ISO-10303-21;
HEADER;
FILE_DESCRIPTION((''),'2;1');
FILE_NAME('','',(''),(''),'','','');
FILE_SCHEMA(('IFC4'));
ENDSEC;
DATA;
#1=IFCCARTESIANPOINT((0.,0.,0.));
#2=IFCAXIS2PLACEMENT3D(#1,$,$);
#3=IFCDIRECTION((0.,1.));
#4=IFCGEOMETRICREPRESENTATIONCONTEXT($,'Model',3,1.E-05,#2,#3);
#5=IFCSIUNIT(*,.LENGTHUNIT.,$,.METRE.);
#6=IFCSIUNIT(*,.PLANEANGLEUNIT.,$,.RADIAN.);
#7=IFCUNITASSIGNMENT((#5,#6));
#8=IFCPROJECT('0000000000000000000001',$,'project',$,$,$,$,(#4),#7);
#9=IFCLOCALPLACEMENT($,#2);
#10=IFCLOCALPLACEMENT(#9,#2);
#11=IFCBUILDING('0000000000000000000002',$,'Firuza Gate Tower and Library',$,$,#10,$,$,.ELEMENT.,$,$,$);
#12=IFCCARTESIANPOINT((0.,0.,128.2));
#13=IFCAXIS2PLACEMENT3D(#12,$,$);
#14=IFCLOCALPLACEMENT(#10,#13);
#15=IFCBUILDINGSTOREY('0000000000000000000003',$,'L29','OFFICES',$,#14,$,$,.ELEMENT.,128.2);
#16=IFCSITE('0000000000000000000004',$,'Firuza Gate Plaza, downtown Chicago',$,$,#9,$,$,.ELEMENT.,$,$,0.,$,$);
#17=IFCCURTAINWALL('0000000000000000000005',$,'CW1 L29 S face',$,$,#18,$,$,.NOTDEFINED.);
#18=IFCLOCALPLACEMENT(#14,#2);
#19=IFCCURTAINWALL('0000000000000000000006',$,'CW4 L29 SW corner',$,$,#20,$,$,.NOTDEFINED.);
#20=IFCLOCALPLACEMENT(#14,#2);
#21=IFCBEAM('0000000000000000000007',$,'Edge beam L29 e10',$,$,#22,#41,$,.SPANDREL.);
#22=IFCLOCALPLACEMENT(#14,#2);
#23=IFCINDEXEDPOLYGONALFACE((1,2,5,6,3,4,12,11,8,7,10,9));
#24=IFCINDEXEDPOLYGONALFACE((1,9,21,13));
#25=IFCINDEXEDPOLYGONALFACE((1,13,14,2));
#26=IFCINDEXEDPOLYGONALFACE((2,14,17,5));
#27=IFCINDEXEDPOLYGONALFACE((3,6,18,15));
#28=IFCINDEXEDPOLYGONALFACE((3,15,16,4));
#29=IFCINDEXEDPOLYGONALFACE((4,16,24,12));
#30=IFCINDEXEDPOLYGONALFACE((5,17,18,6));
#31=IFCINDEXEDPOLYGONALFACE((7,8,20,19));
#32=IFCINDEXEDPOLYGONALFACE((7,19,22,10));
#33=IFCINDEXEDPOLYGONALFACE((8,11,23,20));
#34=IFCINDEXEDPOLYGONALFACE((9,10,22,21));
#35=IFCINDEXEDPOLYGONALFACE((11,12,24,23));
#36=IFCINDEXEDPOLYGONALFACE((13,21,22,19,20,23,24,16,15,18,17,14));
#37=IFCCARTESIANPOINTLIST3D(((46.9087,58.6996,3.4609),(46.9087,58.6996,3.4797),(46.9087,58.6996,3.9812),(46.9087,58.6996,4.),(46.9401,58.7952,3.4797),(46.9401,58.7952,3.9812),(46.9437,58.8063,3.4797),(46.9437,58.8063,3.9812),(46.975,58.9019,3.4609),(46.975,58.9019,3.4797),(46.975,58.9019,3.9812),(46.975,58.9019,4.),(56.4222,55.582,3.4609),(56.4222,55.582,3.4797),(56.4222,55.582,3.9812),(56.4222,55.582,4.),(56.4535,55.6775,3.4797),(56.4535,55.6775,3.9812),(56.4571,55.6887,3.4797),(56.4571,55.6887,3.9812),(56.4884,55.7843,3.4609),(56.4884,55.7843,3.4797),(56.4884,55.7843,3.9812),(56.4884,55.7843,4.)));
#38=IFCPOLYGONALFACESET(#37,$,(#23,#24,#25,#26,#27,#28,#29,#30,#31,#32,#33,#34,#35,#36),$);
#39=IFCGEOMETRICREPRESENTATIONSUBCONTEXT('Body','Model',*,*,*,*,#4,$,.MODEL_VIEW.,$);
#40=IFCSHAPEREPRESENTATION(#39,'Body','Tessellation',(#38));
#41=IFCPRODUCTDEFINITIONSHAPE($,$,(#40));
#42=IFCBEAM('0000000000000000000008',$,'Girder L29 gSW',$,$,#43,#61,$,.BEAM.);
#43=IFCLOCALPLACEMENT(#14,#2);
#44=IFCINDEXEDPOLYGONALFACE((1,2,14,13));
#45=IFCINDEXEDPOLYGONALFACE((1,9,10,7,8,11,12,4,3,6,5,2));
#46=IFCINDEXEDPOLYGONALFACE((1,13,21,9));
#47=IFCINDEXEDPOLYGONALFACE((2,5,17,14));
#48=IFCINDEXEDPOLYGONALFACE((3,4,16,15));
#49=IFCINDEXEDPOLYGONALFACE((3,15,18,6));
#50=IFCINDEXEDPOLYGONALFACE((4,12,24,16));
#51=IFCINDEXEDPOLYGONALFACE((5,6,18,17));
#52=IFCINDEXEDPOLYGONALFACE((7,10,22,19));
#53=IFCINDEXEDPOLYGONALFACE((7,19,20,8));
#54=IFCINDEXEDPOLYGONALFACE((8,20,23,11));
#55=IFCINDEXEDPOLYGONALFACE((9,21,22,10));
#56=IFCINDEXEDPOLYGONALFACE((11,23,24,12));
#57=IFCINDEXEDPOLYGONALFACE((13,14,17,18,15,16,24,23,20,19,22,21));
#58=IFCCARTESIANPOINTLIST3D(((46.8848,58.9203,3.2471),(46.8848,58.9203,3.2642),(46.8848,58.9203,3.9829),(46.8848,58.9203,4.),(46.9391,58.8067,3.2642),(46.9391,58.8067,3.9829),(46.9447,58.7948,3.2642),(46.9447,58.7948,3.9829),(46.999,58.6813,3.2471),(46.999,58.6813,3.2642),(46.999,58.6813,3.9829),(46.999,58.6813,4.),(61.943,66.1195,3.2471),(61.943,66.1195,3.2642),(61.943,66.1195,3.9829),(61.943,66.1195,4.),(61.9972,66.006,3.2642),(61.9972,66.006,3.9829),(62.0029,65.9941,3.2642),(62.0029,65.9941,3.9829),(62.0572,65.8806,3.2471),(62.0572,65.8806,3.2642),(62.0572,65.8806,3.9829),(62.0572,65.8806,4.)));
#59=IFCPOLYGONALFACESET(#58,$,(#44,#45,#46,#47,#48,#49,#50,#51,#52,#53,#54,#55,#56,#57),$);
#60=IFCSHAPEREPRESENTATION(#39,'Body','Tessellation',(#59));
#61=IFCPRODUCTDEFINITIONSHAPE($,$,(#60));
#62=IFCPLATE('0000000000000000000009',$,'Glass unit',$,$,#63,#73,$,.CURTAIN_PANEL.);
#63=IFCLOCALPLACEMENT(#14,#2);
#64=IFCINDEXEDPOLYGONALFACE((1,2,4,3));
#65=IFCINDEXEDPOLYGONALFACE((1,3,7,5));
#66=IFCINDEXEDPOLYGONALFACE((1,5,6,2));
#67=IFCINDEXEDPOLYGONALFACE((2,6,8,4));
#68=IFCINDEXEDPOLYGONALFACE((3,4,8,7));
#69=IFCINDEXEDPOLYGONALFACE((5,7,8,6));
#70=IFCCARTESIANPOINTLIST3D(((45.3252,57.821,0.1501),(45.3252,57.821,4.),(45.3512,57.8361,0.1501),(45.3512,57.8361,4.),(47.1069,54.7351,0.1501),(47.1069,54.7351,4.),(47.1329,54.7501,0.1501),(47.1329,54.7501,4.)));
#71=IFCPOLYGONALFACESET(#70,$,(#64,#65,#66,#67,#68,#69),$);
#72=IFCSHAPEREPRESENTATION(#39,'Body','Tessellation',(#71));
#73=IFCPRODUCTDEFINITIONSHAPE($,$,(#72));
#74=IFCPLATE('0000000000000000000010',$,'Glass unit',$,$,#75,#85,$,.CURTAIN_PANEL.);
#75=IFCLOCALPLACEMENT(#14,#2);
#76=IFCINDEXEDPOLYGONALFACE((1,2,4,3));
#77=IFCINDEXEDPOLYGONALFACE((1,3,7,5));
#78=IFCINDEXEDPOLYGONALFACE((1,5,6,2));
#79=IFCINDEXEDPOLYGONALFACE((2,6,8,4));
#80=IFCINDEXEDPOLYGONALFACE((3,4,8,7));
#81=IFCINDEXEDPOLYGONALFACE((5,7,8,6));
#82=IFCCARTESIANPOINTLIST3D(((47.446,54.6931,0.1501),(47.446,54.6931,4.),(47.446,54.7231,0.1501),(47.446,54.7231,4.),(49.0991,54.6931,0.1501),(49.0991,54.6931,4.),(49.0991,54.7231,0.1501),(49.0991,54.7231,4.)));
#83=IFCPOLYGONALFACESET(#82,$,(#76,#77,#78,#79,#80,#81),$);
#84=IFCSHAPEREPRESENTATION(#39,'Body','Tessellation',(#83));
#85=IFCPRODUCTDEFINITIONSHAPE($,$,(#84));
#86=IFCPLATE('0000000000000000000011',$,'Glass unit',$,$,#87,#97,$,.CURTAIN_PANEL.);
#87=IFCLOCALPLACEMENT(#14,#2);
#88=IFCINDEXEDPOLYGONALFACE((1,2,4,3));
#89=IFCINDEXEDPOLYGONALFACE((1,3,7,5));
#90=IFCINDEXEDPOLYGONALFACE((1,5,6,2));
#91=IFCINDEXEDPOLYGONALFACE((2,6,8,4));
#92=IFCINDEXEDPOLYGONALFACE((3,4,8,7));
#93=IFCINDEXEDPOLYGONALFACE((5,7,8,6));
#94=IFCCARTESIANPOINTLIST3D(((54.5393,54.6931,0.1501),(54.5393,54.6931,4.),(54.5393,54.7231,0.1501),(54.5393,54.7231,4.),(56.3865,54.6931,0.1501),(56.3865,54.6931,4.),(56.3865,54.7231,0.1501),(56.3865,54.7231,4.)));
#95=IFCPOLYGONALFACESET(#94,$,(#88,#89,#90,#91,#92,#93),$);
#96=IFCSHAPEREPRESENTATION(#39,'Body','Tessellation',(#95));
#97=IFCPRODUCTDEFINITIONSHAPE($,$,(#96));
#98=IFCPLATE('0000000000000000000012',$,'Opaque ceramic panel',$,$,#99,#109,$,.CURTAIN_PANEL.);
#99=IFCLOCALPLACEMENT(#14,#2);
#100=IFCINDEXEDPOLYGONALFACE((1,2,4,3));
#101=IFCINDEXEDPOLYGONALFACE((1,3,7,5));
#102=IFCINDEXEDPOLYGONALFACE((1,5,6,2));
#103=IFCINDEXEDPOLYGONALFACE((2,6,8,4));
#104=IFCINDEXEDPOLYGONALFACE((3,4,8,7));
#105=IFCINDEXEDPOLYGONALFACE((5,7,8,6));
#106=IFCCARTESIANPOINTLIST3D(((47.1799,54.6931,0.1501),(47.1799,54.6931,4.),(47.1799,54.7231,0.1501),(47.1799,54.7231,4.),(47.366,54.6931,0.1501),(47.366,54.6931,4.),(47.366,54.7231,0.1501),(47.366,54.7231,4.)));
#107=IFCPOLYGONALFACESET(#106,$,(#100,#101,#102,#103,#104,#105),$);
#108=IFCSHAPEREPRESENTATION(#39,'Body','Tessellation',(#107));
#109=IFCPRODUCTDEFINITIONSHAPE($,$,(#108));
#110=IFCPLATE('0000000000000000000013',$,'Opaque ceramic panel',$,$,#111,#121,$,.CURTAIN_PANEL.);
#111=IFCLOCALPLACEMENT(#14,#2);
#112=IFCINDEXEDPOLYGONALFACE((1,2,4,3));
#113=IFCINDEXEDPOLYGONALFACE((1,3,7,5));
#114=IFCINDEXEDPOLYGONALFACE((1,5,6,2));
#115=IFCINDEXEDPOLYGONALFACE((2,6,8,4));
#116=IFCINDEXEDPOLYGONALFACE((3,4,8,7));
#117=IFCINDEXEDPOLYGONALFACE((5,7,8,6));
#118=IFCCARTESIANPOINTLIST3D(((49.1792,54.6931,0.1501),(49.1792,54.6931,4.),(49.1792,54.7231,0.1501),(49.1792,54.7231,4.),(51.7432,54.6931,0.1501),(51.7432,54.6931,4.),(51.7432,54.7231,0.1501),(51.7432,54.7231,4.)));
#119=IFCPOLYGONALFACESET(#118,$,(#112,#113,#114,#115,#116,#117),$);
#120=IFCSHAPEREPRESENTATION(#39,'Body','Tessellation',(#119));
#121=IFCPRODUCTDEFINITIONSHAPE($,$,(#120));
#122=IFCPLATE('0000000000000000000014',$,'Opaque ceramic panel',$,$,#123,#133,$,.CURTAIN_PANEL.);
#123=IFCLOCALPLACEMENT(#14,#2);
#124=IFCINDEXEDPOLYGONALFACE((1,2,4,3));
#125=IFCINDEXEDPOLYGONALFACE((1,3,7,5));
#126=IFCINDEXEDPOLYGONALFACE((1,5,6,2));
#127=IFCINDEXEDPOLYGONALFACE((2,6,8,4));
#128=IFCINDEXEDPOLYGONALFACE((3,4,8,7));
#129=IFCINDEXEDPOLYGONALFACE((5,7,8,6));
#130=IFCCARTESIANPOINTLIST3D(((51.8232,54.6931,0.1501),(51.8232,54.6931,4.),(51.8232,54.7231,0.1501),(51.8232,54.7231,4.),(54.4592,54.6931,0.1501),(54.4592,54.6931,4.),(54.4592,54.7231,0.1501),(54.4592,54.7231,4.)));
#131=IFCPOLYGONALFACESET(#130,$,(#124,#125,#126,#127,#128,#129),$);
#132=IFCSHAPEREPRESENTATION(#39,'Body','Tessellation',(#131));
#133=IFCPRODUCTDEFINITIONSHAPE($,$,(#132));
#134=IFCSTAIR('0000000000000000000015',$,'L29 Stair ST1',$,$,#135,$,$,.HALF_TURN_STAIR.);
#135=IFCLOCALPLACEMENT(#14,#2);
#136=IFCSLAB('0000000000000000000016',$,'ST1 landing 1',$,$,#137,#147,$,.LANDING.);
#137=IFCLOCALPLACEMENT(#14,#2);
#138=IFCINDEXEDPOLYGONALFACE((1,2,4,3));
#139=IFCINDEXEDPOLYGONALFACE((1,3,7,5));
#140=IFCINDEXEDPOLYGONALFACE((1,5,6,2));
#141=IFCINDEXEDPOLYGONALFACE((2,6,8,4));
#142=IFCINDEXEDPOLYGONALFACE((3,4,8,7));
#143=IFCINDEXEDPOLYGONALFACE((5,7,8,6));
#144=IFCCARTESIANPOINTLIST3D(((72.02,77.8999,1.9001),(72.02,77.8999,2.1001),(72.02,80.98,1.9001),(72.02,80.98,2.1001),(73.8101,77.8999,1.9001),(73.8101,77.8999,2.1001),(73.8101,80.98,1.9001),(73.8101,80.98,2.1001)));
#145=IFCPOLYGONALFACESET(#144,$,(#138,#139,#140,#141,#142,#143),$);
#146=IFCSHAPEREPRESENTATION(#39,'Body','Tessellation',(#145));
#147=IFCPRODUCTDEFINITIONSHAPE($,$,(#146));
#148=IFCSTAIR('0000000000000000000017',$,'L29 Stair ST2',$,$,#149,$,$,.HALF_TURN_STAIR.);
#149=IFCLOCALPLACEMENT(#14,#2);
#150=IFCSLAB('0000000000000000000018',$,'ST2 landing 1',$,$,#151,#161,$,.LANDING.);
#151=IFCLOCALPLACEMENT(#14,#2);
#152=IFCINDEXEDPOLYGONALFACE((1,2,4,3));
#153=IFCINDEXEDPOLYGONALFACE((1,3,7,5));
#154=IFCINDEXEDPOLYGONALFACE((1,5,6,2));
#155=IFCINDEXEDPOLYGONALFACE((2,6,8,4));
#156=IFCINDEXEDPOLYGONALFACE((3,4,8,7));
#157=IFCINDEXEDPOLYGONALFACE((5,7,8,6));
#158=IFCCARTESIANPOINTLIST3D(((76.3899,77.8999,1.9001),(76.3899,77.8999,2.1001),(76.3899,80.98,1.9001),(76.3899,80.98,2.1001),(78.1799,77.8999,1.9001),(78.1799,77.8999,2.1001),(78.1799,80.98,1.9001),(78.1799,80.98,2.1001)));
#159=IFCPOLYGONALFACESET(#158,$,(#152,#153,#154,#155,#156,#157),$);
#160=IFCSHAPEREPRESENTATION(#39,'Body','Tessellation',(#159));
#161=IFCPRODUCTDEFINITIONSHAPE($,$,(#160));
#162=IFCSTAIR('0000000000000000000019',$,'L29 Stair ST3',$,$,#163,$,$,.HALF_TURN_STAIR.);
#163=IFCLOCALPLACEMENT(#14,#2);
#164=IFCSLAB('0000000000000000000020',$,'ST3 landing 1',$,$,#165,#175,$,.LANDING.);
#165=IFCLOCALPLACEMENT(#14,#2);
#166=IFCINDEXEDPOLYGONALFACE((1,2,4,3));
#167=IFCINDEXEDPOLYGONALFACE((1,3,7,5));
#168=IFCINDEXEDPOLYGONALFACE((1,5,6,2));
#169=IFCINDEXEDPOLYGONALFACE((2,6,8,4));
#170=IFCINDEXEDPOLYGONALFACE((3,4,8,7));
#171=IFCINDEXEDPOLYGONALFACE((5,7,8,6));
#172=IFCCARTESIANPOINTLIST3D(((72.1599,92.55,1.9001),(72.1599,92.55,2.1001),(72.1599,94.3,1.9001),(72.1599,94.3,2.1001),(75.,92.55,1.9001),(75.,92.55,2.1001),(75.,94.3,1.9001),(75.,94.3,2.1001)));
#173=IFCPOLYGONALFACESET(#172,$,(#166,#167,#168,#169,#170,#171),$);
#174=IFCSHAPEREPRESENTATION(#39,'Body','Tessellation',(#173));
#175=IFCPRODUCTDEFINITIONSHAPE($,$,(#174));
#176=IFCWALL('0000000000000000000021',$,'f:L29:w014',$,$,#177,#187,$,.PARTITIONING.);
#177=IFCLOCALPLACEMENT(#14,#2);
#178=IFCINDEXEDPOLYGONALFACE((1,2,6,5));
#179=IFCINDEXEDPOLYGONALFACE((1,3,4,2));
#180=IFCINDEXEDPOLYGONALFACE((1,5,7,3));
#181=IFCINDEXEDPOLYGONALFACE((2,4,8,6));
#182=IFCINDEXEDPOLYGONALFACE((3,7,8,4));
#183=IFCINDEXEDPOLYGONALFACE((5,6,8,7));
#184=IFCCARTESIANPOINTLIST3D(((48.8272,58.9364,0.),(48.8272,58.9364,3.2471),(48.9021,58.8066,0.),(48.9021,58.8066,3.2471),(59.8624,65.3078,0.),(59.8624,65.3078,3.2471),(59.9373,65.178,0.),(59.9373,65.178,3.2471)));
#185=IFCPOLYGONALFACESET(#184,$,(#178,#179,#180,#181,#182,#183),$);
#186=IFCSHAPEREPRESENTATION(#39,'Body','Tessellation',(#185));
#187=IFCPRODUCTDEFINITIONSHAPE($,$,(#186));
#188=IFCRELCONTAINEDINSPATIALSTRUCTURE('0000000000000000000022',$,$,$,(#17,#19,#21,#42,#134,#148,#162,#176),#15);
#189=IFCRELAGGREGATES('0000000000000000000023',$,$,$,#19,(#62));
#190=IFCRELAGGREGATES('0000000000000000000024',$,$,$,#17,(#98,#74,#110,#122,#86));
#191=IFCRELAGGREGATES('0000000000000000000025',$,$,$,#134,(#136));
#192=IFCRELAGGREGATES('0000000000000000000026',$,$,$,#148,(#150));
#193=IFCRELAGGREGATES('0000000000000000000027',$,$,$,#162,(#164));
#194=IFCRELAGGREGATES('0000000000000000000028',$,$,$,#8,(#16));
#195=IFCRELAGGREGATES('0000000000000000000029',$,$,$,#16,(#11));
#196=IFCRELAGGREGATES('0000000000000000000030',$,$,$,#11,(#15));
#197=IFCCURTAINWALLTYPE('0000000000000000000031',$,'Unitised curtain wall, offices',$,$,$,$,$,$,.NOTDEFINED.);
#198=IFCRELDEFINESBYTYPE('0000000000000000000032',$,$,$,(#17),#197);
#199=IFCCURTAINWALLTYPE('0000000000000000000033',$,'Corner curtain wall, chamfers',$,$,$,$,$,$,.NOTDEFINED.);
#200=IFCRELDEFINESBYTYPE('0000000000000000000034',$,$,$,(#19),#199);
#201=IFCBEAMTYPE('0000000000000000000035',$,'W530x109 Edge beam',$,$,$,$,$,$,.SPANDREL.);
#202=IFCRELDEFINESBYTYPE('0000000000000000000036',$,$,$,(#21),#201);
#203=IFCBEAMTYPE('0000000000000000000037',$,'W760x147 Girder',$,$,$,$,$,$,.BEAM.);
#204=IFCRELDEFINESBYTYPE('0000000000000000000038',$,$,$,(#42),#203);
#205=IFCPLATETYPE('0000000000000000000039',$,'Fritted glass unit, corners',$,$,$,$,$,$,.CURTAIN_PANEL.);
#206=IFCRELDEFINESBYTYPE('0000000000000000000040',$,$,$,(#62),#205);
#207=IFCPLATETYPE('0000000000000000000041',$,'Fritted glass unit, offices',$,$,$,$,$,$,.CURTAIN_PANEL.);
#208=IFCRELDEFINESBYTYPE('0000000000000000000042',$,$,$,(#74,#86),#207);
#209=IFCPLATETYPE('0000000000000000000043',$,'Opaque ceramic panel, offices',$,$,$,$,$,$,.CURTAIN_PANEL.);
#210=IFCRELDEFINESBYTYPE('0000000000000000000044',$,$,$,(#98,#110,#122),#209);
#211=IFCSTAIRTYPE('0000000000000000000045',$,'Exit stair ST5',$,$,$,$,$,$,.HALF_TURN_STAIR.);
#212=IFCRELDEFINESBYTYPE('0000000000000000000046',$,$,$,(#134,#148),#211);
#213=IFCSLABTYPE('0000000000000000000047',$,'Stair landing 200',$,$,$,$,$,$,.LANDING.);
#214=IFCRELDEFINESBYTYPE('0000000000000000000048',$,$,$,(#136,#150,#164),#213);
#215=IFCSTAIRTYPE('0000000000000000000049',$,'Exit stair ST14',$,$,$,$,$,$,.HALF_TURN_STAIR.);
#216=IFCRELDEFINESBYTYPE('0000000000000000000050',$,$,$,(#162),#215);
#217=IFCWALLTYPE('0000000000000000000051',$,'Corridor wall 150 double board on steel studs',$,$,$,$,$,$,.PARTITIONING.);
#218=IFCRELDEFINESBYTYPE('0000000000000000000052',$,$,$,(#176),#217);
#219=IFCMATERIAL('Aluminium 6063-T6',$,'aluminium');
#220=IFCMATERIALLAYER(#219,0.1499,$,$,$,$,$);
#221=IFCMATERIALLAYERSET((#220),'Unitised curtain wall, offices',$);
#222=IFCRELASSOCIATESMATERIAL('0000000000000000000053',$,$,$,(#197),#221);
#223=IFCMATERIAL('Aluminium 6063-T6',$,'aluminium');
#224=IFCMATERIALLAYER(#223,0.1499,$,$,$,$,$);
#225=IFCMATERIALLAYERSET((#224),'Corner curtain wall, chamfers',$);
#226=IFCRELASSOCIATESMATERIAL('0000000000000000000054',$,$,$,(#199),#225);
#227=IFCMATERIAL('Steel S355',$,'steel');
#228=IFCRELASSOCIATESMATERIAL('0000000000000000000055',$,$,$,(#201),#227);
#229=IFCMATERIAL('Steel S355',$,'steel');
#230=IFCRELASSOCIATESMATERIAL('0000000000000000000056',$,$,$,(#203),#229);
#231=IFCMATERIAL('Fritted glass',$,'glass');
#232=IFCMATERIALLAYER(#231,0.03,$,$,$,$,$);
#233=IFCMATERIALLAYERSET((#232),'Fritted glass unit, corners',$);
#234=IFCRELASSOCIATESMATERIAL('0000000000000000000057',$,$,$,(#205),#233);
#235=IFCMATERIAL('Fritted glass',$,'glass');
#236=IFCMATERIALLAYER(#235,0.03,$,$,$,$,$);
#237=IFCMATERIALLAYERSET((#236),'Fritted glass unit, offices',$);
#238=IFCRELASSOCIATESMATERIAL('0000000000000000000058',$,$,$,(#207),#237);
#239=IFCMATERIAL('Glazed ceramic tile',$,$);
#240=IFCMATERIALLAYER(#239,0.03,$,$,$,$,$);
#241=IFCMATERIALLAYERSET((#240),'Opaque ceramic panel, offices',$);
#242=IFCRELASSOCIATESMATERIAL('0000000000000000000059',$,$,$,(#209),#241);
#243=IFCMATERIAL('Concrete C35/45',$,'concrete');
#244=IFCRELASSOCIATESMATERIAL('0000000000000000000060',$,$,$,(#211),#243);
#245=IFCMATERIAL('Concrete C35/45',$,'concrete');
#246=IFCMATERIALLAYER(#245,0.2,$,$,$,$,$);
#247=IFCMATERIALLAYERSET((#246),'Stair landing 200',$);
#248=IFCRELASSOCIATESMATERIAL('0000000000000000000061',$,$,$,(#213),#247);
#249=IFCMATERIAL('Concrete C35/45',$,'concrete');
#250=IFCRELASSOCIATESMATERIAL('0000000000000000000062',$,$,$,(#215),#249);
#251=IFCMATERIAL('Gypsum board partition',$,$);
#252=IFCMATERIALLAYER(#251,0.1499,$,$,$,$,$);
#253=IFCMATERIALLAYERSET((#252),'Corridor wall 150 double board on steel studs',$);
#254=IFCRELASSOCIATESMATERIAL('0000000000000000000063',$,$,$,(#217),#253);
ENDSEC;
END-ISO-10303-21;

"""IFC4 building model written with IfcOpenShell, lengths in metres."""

from ifc_helpers import new_model, si_unit, direction, frame, frame_2d, origin, origin_2d, place, context, subcontext, project, spatial, polyline, rectangle, i_section, outline, extrude, material, layer, layer_set, material_profile, profile_set, type_object, element, aggregate, save


model = new_model("IFC4")

# Units and contexts
model_context = context("Model", 3, precision=1e-05, world=origin(), true_north=direction((0.0, 1.0)))
body_context = subcontext(model_context, "Body", "Model", "MODEL_VIEW")
ifc_project = project(units=[si_unit("LENGTHUNIT", "METRE"), si_unit("PLANEANGLEUNIT", "RADIAN")], contexts=[model_context])

# Site, building, storey
site_placement = place(None, origin())
site = spatial("IfcSite", under=ifc_project, at=site_placement, Name="Firuza Gate Plaza, downtown Chicago", CompositionType="ELEMENT", RefElevation=0.0)
building_placement = place(site_placement, origin())
building = spatial("IfcBuilding", under=site, at=building_placement, Name="Firuza Gate Tower and Library", CompositionType="ELEMENT")
storey_placement = place(building_placement, frame((0.0, 0.0, 128.2)))
storey = spatial("IfcBuildingStorey", under=building, at=storey_placement, Name="L29", Description="OFFICES", CompositionType="ELEMENT", Elevation=128.2)

# Curtain walls
ifc_material_1 = material(Name="Aluminium 6063-T6", Category="aluminium")
ifc_layer_1 = layer(ifc_material_1, 0.1499)
ifc_layer_set_1 = layer_set([ifc_layer_1], Name="Unitised curtain wall, offices")
curtain_wall_type_1 = type_object("IfcCurtainWallType", Name="Unitised curtain wall, offices", PredefinedType="NOTDEFINED", material=ifc_layer_set_1)
placement_1 = place(storey_placement, origin())
curtain_wall_1 = element("IfcCurtainWall", 1, at=placement_1, inside=storey, type_object=curtain_wall_type_1, Name="CW1 L29 S face", PredefinedType="NOTDEFINED")
ifc_material_2 = material(Name="Aluminium 6063-T6", Category="aluminium")
ifc_layer_2 = layer(ifc_material_2, 0.1499)
ifc_layer_set_2 = layer_set([ifc_layer_2], Name="Corner curtain wall, chamfers")
curtain_wall_type_2 = type_object("IfcCurtainWallType", Name="Corner curtain wall, chamfers", PredefinedType="NOTDEFINED", material=ifc_layer_set_2)
curtain_wall_2 = element("IfcCurtainWall", 2, at=placement_1, inside=storey, type_object=curtain_wall_type_2, Name="CW4 L29 SW corner", PredefinedType="NOTDEFINED")

# Beams
ifc_material_3 = material(Name="Steel S355", Category="steel")
ifc_material_profile_1 = material_profile(ifc_material_3, i_section(OverallWidth=0.2129, OverallDepth=0.5391, WebThickness=0.0117, FlangeThickness=0.0188, at=origin_2d()))
ifc_profile_set_1 = profile_set([ifc_material_profile_1], Name="Steel S355")
beam_type_1 = type_object("IfcBeamType", Name="W530x109 Edge beam", PredefinedType="SPANDREL", material=ifc_profile_set_1)
beam_1_placement = place(storey_placement, frame((46.9419, 58.8008, 3.7305), z_axis=(0.950273, -0.311417, 0.0), x_axis=(0.311417, 0.950273, 0.0)))
element("IfcBeam", 3, at=beam_1_placement, inside=storey, type_object=beam_type_1, Name="Edge beam L29 e10", PredefinedType="SPANDREL", context=body_context, shape_type="SweptSolid", body=[
    extrude(i_section(OverallWidth=0.2129, OverallDepth=0.5391, WebThickness=0.0117, FlangeThickness=0.0188, at=origin_2d()), origin(), (0.0, 0.0, 1.0), 10.0112),
])
ifc_material_4 = material(Name="Steel S355", Category="steel")
ifc_material_profile_2 = material_profile(ifc_material_4, i_section(OverallWidth=0.2649, OverallDepth=0.7529, WebThickness=0.0132, FlangeThickness=0.0171, at=origin_2d()))
ifc_profile_set_2 = profile_set([ifc_material_profile_2], Name="Steel S355")
beam_type_2 = type_object("IfcBeamType", Name="W760x147 Girder", PredefinedType="BEAM", material=ifc_profile_set_2)
beam_2_placement = place(storey_placement, frame((46.9419, 58.8008, 3.6235), z_axis=(0.902192, 0.431334, 0.0), x_axis=(-0.431334, 0.902192, 0.0)))
element("IfcBeam", 4, at=beam_2_placement, inside=storey, type_object=beam_type_2, Name="Girder L29 gSW", PredefinedType="BEAM", context=body_context, shape_type="SweptSolid", body=[
    extrude(i_section(OverallWidth=0.2649, OverallDepth=0.7529, WebThickness=0.0132, FlangeThickness=0.0171, at=origin_2d()), origin(), (0.0, 0.0, 1.0), 16.6907),
])

# Plates
ifc_material_5 = material(Name="Fritted glass", Category="glass")
ifc_layer_3 = layer(ifc_material_5, 0.03)
ifc_layer_set_3 = layer_set([ifc_layer_3], Name="Fritted glass unit, corners")
plate_type_1 = type_object("IfcPlateType", Name="Fritted glass unit, corners", PredefinedType="CURTAIN_PANEL", material=ifc_layer_set_3)
plate_1_placement = place(storey_placement, frame((45.3252, 57.821, 0.1501), z_axis=(-0.866017, -0.500015, 0.0), x_axis=(0.500015, -0.866017, 0.0)))
plate_1 = element("IfcPlate", 5, at=plate_1_placement, type_object=plate_type_1, Name="Glass unit", PredefinedType="CURTAIN_PANEL", context=body_context, shape_type="SweptSolid", body=[
    extrude(outline(polyline([(0.0, 0.0), (3.5634, 0.0), (3.5634, 3.8499), (0.0, 3.8499), (0.0, 0.0)])), origin(), (0.0, 0.0, -1.0), 0.03),
])
aggregate(curtain_wall_2, [plate_1])
ifc_material_6 = material(Name="Fritted glass", Category="glass")
ifc_layer_4 = layer(ifc_material_6, 0.03)
ifc_layer_set_4 = layer_set([ifc_layer_4], Name="Fritted glass unit, offices")
plate_type_2 = type_object("IfcPlateType", Name="Fritted glass unit, offices", PredefinedType="CURTAIN_PANEL", material=ifc_layer_set_4)
plate_2_placement = place(storey_placement, frame((47.446, 54.6931, 0.1501), z_axis=(0.0, -1.0, 0.0), x_axis=(1.0, 0.0, 0.0)))
plate_2 = element("IfcPlate", 6, at=plate_2_placement, type_object=plate_type_2, Name="Glass unit", PredefinedType="CURTAIN_PANEL", context=body_context, shape_type="SweptSolid", body=[
    extrude(outline(polyline([(0.0, 0.0), (1.6531, 0.0), (1.6531, 3.8499), (0.0, 3.8499), (0.0, 0.0)])), origin(), (0.0, 0.0, -1.0), 0.03),
])
plate_3_placement = place(storey_placement, frame((54.5393, 54.6931, 0.1501), z_axis=(0.0, -1.0, 0.0), x_axis=(1.0, 0.0, 0.0)))
plate_3 = element("IfcPlate", 7, at=plate_3_placement, type_object=plate_type_2, Name="Glass unit", PredefinedType="CURTAIN_PANEL", context=body_context, shape_type="SweptSolid", body=[
    extrude(outline(polyline([(0.0, 0.0), (1.8472, 0.0), (1.8472, 3.8499), (0.0, 3.8499), (0.0, 0.0)])), origin(), (0.0, 0.0, -1.0), 0.03),
])
ifc_material_7 = material(Name="Glazed ceramic tile")
ifc_layer_5 = layer(ifc_material_7, 0.03)
ifc_layer_set_5 = layer_set([ifc_layer_5], Name="Opaque ceramic panel, offices")
plate_type_3 = type_object("IfcPlateType", Name="Opaque ceramic panel, offices", PredefinedType="CURTAIN_PANEL", material=ifc_layer_set_5)
plate_4_placement = place(storey_placement, frame((47.1799, 54.6931, 0.1501), z_axis=(0.0, -1.0, 0.0), x_axis=(1.0, 0.0, 0.0)))
plate_4 = element("IfcPlate", 8, at=plate_4_placement, type_object=plate_type_3, Name="Opaque ceramic panel", PredefinedType="CURTAIN_PANEL", context=body_context, shape_type="SweptSolid", body=[
    extrude(outline(polyline([(0.0, 0.0), (0.186, 0.0), (0.186, 3.8499), (0.0, 3.8499), (0.0, 0.0)])), origin(), (0.0, 0.0, -1.0), 0.03),
])
plate_5_placement = place(storey_placement, frame((49.1792, 54.6931, 0.1501), z_axis=(0.0, -1.0, 0.0), x_axis=(1.0, 0.0, 0.0)))
plate_5 = element("IfcPlate", 9, at=plate_5_placement, type_object=plate_type_3, Name="Opaque ceramic panel", PredefinedType="CURTAIN_PANEL", context=body_context, shape_type="SweptSolid", body=[
    extrude(outline(polyline([(0.0, 0.0), (2.564, 0.0), (2.564, 3.8499), (0.0, 3.8499), (0.0, 0.0)])), origin(), (0.0, 0.0, -1.0), 0.03),
])
plate_6_placement = place(storey_placement, frame((51.8232, 54.6931, 0.1501), z_axis=(0.0, -1.0, 0.0), x_axis=(1.0, 0.0, 0.0)))
plate_6 = element("IfcPlate", 10, at=plate_6_placement, type_object=plate_type_3, Name="Opaque ceramic panel", PredefinedType="CURTAIN_PANEL", context=body_context, shape_type="SweptSolid", body=[
    extrude(outline(polyline([(0.0, 0.0), (2.636, 0.0), (2.636, 3.8499), (0.0, 3.8499), (0.0, 0.0)])), origin(), (0.0, 0.0, -1.0), 0.03),
])
aggregate(curtain_wall_1, [plate_4, plate_2, plate_5, plate_6, plate_3])

# Stairs, slabs
ifc_material_8 = material(Name="Concrete C35/45", Category="concrete")
stair_type_1 = type_object("IfcStairType", Name="Exit stair ST5", PredefinedType="HALF_TURN_STAIR", material=ifc_material_8)
stair_1 = element("IfcStair", 11, at=placement_1, inside=storey, type_object=stair_type_1, Name="L29 Stair ST1", PredefinedType="HALF_TURN_STAIR")
ifc_material_9 = material(Name="Concrete C35/45", Category="concrete")
ifc_layer_6 = layer(ifc_material_9, 0.2)
ifc_layer_set_6 = layer_set([ifc_layer_6], Name="Stair landing 200")
slab_type_1 = type_object("IfcSlabType", Name="Stair landing 200", PredefinedType="LANDING", material=ifc_layer_set_6)
placement_2 = place(storey_placement, frame((0.0, 0.0, 1.9001)))
slab_1 = element("IfcSlab", 12, at=placement_2, type_object=slab_type_1, Name="ST1 landing 1", PredefinedType="LANDING", context=body_context, shape_type="SweptSolid", body=[
    extrude(outline(polyline([(72.02, 77.8999), (73.8101, 77.8999), (73.8101, 80.98), (72.02, 80.98), (72.02, 77.8999)])), origin(), (0.0, 0.0, 1.0), 0.2),
])
aggregate(stair_1, [slab_1])
stair_2 = element("IfcStair", 13, at=placement_1, inside=storey, type_object=stair_type_1, Name="L29 Stair ST2", PredefinedType="HALF_TURN_STAIR")
slab_2 = element("IfcSlab", 14, at=placement_2, type_object=slab_type_1, Name="ST2 landing 1", PredefinedType="LANDING", context=body_context, shape_type="SweptSolid", body=[
    extrude(outline(polyline([(78.1799, 80.98), (76.3899, 80.98), (76.3899, 77.8999), (78.1799, 77.8999), (78.1799, 80.98)])), origin(), (0.0, 0.0, 1.0), 0.2),
])
aggregate(stair_2, [slab_2])
ifc_material_10 = material(Name="Concrete C35/45", Category="concrete")
stair_type_2 = type_object("IfcStairType", Name="Exit stair ST14", PredefinedType="HALF_TURN_STAIR", material=ifc_material_10)
stair_3 = element("IfcStair", 15, at=placement_1, inside=storey, type_object=stair_type_2, Name="L29 Stair ST3", PredefinedType="HALF_TURN_STAIR")
slab_3 = element("IfcSlab", 16, at=placement_2, type_object=slab_type_1, Name="ST3 landing 1", PredefinedType="LANDING", context=body_context, shape_type="SweptSolid", body=[
    extrude(outline(polyline([(75.0, 92.55), (75.0, 94.3), (72.1599, 94.3), (72.1599, 92.55), (75.0, 92.55)])), origin(), (0.0, 0.0, 1.0), 0.2),
])
aggregate(stair_3, [slab_3])

# Wall
ifc_material_11 = material(Name="Gypsum board partition")
ifc_layer_7 = layer(ifc_material_11, 0.1499)
ifc_layer_set_7 = layer_set([ifc_layer_7], Name="Corridor wall 150 double board on steel studs")
wall_type = type_object("IfcWallType", Name="Corridor wall 150 double board on steel studs", PredefinedType="PARTITIONING", material=ifc_layer_set_7)
wall_1_placement = place(storey_placement, frame((48.8647, 58.8716, 0.0), z_axis=(0.0, 0.0, 1.0), x_axis=(0.866019, 0.500011, 0.0)))
element("IfcWall", 17, at=wall_1_placement, inside=storey, type_object=wall_type, Name="f:L29:w014", PredefinedType="PARTITIONING", context=body_context, shape_type="SweptSolid", body=[
    extrude(rectangle(XDim=12.7424, YDim=0.1499, at=frame_2d((6.3711, 0.0))), origin(), (0.0, 0.0, 1.0), 3.2471),
])

save(model, "model.ifc")
